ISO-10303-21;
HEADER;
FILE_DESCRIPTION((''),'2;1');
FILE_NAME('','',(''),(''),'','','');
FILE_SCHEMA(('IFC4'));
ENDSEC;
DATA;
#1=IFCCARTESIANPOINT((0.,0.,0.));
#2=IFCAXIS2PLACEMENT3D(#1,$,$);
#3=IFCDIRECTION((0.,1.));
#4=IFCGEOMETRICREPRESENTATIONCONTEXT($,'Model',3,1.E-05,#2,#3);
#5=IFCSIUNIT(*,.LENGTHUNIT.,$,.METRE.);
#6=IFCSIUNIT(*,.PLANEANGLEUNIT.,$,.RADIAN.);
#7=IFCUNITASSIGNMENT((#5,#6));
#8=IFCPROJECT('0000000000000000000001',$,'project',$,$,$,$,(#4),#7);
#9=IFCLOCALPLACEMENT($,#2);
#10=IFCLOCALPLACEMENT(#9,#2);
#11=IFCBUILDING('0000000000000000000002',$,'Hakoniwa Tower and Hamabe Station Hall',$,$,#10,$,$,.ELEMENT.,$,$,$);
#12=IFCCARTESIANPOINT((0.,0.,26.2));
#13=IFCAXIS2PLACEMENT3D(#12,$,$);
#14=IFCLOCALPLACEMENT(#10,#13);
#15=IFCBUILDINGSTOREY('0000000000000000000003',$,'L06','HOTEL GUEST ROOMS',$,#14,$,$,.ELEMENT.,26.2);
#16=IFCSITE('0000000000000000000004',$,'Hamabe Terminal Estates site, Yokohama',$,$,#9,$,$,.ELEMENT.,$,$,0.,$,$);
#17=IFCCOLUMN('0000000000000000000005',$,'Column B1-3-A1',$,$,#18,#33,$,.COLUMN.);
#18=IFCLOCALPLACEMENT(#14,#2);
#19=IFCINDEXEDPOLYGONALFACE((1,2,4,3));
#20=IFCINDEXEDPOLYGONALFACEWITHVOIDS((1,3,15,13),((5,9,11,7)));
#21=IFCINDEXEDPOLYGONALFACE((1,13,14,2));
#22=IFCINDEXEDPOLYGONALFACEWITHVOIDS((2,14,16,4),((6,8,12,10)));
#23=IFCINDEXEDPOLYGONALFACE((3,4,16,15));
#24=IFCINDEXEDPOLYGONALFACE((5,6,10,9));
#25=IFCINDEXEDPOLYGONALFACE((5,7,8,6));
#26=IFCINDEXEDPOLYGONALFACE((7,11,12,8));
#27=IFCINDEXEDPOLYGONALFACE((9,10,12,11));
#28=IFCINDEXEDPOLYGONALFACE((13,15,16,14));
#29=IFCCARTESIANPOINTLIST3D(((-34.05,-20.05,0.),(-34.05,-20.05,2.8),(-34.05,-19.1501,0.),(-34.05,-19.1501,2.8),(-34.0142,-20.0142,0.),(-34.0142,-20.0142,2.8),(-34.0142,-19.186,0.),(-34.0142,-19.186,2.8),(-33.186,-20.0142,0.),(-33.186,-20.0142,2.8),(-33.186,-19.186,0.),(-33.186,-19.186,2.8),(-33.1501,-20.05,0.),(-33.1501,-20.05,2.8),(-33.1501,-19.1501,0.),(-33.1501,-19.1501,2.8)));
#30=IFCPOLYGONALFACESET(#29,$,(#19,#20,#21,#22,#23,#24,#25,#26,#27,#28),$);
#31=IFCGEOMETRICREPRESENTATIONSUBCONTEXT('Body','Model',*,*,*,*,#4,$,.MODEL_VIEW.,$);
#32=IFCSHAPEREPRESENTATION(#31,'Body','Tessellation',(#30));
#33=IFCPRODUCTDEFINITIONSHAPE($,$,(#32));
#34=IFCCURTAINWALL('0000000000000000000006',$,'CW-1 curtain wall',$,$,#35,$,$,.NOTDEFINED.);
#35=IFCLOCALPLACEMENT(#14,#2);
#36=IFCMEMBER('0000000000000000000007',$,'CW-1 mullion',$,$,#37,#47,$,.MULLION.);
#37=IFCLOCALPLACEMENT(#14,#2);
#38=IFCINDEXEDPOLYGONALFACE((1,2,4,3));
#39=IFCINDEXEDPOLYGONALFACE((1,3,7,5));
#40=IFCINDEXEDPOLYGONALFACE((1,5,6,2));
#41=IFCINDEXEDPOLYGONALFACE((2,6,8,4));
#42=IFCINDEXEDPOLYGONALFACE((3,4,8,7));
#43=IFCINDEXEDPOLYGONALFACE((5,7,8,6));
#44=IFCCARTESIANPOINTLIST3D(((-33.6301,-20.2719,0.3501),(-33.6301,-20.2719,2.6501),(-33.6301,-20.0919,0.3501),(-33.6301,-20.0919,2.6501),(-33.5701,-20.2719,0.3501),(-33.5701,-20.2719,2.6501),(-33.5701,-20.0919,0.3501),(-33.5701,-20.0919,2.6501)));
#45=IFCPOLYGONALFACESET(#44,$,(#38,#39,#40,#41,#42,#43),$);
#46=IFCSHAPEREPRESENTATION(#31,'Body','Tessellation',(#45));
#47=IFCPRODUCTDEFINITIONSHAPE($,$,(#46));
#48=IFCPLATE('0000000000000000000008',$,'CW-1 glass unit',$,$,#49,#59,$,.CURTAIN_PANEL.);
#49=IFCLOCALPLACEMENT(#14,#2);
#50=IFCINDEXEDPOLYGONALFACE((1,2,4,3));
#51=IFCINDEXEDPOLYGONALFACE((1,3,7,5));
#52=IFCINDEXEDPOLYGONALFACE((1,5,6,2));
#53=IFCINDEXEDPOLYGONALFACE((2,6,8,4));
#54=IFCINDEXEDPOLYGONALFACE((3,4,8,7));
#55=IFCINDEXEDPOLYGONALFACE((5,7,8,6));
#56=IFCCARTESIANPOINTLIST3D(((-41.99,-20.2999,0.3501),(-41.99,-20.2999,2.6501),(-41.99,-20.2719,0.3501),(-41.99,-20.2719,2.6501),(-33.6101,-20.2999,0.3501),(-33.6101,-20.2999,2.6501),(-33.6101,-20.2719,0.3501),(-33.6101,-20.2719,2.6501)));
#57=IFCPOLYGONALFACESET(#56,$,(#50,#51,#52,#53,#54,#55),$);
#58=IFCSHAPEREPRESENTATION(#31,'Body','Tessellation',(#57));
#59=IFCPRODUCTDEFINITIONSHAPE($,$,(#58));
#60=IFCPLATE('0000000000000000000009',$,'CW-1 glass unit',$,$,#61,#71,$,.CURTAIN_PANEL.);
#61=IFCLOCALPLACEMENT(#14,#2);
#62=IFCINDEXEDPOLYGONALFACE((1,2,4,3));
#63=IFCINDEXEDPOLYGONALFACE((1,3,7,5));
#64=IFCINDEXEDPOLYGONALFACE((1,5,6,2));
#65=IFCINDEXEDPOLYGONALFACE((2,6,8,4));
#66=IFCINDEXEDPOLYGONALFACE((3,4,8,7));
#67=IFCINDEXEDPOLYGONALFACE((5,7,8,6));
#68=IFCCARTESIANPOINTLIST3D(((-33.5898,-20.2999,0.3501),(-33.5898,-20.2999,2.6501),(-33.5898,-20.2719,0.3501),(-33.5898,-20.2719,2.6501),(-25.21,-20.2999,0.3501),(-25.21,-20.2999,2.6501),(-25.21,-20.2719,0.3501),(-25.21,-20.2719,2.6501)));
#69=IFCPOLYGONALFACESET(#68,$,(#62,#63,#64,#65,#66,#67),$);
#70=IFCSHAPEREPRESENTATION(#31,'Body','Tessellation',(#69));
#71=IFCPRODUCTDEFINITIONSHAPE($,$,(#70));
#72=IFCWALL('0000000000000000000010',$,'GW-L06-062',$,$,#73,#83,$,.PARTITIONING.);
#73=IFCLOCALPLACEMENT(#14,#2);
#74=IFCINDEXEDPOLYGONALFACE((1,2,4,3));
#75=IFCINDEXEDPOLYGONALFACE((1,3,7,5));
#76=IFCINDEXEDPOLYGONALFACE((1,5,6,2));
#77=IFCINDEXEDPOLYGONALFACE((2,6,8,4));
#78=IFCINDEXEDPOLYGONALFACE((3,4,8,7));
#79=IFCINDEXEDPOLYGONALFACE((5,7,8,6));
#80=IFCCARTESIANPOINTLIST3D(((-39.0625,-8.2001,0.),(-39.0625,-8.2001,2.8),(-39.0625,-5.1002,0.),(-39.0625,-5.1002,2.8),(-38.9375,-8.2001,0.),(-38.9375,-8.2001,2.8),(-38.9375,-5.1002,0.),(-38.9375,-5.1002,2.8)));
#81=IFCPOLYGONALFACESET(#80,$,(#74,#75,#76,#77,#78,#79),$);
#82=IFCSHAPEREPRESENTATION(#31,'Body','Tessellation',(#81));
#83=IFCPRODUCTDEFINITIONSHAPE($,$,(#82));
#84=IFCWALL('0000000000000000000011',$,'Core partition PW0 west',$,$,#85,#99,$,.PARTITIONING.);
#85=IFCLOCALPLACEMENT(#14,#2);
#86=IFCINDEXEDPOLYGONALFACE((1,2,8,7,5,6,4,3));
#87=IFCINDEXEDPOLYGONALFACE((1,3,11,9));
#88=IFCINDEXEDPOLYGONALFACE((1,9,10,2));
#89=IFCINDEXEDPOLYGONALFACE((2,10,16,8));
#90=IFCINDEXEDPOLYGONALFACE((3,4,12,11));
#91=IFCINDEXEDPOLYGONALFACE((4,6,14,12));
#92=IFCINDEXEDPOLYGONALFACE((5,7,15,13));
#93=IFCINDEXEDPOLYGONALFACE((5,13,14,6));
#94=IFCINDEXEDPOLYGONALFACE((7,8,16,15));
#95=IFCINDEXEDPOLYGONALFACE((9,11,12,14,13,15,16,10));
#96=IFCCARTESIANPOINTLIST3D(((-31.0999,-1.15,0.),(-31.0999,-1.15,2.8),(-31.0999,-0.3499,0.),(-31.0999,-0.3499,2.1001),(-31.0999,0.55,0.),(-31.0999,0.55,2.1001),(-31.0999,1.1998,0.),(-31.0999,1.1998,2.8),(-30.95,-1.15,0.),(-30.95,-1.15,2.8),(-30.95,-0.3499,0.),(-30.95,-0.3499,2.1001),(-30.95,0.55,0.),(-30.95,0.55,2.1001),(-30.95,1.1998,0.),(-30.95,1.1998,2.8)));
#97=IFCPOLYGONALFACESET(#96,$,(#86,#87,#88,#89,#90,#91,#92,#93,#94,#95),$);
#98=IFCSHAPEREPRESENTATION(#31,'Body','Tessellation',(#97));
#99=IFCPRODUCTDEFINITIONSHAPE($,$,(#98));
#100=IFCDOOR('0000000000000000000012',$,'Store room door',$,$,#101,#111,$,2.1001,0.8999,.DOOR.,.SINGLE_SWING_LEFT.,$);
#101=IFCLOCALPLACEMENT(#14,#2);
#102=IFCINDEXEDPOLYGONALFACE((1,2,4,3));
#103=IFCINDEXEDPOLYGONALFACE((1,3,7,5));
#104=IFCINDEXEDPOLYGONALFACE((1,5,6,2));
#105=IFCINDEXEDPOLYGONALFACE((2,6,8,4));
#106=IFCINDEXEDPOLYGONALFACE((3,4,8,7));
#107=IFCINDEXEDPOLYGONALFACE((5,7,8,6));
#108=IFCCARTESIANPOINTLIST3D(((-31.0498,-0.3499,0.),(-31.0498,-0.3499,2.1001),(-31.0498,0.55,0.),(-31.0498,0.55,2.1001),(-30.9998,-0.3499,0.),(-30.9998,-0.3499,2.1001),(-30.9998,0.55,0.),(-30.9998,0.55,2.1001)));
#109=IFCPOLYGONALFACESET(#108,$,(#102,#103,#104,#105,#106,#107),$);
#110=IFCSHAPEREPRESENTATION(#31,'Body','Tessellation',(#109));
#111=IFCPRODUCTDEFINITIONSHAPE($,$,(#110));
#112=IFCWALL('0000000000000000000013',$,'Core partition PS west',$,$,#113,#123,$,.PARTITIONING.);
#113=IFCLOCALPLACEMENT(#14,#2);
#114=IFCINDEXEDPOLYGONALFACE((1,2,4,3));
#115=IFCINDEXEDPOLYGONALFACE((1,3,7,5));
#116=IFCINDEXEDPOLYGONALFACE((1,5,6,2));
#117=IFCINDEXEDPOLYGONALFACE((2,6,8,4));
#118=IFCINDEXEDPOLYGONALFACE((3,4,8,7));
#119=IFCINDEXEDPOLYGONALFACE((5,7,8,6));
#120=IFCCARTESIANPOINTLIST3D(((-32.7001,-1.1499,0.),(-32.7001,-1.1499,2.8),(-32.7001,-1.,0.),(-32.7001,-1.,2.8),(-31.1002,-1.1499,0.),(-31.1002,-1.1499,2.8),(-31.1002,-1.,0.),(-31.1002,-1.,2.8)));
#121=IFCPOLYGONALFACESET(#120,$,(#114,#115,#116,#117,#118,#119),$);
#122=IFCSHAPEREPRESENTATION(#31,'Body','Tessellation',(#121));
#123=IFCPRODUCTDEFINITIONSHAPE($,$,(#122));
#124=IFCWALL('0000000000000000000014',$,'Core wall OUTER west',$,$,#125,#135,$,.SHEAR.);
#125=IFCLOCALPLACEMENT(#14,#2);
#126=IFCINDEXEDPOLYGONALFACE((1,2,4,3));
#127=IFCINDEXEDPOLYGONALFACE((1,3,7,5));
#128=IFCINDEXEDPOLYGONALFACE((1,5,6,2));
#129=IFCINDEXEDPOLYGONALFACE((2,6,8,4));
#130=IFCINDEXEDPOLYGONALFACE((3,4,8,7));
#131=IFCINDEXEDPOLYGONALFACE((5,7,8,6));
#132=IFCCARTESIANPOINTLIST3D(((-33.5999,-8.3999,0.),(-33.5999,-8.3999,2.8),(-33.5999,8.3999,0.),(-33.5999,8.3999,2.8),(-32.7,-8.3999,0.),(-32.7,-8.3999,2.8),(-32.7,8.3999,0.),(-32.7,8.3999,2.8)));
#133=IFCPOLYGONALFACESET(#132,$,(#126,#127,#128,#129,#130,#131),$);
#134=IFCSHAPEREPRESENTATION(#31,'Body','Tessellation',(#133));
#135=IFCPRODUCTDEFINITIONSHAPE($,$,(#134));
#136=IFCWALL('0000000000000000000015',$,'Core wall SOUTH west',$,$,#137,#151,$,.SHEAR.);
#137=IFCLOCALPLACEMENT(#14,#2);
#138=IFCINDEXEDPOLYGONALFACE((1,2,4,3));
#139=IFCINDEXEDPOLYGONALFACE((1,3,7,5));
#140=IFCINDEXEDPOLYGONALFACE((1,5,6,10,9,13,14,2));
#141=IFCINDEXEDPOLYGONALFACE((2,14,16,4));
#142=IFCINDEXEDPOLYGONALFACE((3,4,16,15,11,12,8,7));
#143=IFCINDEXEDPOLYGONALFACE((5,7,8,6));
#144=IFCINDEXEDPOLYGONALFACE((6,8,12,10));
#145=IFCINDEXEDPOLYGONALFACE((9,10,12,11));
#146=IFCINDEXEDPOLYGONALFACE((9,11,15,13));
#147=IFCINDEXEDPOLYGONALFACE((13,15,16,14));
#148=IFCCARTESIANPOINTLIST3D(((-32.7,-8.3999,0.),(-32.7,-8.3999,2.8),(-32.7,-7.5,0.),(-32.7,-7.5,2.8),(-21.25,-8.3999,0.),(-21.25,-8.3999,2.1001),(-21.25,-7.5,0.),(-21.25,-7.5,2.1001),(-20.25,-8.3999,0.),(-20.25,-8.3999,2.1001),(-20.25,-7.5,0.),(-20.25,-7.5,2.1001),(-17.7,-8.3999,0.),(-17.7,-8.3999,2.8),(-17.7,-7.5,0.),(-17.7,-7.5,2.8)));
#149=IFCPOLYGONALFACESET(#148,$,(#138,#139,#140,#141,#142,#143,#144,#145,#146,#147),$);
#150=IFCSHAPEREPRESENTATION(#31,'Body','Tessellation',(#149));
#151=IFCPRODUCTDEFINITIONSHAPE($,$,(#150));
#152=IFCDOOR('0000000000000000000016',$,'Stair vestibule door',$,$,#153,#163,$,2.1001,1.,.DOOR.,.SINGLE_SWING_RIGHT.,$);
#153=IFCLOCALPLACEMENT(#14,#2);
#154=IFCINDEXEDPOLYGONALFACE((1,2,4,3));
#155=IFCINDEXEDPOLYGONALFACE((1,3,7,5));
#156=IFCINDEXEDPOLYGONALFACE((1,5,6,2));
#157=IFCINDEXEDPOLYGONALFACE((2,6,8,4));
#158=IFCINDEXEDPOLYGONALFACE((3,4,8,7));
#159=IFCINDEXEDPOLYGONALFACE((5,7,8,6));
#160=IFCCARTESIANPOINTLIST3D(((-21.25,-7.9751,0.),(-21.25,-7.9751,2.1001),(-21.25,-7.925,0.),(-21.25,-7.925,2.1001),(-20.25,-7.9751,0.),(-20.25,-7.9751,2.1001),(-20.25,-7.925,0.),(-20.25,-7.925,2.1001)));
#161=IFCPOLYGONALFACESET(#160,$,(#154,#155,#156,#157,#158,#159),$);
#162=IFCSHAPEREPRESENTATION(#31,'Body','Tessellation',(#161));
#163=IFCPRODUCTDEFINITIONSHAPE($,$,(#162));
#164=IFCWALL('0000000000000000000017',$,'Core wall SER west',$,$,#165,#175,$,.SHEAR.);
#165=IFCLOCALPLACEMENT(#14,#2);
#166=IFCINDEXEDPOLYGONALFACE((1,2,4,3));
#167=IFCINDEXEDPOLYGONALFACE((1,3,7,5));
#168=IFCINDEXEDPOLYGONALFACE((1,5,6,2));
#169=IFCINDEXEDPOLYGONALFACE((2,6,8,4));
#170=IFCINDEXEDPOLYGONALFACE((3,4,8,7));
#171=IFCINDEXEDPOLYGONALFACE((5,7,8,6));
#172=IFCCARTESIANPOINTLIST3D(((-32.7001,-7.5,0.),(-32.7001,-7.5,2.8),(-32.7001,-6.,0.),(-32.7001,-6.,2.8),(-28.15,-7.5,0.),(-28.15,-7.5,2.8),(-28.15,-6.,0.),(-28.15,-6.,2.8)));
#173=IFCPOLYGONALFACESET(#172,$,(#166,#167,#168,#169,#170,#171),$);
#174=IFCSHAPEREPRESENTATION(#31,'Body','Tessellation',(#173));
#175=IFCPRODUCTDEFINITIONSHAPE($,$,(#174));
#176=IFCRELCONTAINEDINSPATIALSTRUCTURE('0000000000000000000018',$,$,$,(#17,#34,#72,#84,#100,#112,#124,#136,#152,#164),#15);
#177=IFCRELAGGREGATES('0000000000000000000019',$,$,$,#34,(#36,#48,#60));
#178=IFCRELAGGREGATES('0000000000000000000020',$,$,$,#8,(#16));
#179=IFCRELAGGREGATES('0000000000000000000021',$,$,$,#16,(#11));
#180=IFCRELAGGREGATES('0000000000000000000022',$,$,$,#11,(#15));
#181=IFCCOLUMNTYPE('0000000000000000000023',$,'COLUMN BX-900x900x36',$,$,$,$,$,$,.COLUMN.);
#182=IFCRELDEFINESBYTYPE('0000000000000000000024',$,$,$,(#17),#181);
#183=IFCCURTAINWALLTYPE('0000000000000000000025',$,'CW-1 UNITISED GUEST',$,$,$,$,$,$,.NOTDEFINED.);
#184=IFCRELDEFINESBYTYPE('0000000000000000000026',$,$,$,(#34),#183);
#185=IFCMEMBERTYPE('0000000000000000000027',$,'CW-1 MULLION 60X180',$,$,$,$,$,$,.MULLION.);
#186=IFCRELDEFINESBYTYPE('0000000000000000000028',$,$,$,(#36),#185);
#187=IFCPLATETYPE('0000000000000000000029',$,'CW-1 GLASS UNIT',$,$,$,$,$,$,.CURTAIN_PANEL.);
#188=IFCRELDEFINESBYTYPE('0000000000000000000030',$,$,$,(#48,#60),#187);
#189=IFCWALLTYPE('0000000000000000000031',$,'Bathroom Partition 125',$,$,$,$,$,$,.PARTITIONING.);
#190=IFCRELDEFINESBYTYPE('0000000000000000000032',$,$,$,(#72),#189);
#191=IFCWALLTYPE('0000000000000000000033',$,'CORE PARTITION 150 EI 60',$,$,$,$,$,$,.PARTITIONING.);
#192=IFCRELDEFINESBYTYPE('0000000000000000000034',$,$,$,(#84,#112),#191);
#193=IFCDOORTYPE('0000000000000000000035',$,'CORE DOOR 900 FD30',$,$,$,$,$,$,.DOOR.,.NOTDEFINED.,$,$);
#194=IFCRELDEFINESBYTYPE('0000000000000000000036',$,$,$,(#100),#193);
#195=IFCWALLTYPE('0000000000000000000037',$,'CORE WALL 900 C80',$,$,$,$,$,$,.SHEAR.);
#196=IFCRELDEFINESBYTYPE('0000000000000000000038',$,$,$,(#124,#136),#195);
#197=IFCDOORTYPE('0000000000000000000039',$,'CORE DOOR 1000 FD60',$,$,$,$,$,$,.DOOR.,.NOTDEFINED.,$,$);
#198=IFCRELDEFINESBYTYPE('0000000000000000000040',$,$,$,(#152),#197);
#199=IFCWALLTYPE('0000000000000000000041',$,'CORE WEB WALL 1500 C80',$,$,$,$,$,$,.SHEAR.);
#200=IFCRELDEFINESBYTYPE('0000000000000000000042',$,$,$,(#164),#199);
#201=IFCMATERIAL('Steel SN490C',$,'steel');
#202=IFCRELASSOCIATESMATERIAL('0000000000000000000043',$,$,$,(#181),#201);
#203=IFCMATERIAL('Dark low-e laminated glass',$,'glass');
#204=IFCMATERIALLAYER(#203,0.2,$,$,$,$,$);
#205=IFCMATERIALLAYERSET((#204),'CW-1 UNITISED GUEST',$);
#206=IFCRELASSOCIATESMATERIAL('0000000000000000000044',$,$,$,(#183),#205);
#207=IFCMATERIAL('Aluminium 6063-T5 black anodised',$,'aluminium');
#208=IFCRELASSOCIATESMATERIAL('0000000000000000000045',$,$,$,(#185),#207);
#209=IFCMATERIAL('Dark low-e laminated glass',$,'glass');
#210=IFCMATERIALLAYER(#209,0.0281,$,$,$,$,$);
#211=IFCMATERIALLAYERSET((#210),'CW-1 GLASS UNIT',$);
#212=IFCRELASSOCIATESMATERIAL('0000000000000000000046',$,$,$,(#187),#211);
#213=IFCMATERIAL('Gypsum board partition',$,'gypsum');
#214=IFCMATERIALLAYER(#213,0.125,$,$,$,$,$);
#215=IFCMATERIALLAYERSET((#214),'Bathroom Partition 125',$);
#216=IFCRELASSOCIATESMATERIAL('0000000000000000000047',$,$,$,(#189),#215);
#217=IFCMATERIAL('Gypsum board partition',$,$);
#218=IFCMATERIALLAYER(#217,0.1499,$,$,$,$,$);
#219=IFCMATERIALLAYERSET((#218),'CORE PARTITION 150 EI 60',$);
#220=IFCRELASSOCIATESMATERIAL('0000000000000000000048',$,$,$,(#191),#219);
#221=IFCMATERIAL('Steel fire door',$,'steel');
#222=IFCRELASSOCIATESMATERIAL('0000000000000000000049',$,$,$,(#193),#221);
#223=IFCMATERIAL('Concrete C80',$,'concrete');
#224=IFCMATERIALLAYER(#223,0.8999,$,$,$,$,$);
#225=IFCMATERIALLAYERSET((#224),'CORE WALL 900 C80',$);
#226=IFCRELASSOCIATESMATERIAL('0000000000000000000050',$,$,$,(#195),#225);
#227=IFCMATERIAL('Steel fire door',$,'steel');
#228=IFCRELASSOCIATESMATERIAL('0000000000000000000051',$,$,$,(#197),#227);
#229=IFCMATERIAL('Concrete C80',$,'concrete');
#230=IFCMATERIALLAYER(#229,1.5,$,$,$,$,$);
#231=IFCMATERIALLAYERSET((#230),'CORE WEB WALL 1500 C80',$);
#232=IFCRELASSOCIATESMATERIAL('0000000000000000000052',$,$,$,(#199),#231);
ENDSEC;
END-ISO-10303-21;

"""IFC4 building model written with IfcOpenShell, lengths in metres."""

from ifc_helpers import new_model, si_unit, direction, frame, frame_2d, origin, origin_2d, place, context, subcontext, project, spatial, rectangle, hollow_rectangle, extrude, material, layer, layer_set, material_profile, profile_set, type_object, element, fill, aggregate, save


model = new_model("IFC4")

# Units and contexts
model_context = context("Model", 3, precision=1e-05, world=origin(), true_north=direction((0.0, 1.0)))
body_context = subcontext(model_context, "Body", "Model", "MODEL_VIEW")
ifc_project = project(units=[si_unit("LENGTHUNIT", "METRE"), si_unit("PLANEANGLEUNIT", "RADIAN")], contexts=[model_context])

# Site, building, storey
site_placement = place(None, origin())
site = spatial("IfcSite", under=ifc_project, at=site_placement, Name="Hamabe Terminal Estates site, Yokohama", CompositionType="ELEMENT", RefElevation=0.0)
building_placement = place(site_placement, origin())
building = spatial("IfcBuilding", under=site, at=building_placement, Name="Hakoniwa Tower and Hamabe Station Hall", CompositionType="ELEMENT")
storey_placement = place(building_placement, frame((0.0, 0.0, 26.2)))
storey = spatial("IfcBuildingStorey", under=building, at=storey_placement, Name="L06", Description="HOTEL GUEST ROOMS", CompositionType="ELEMENT", Elevation=26.2)

# Column
ifc_material_1 = material(Name="Steel SN490C", Category="steel")
ifc_material_profile_1 = material_profile(ifc_material_1, hollow_rectangle(XDim=0.8999, YDim=0.8999, WallThickness=0.0359, at=origin_2d()), Name="BX-900x900x36")
ifc_profile_set_1 = profile_set([ifc_material_profile_1], Name="Steel SN490C")
column_type = type_object("IfcColumnType", Name="COLUMN BX-900x900x36", PredefinedType="COLUMN", material=ifc_profile_set_1)
column_placement = place(storey_placement, frame((-33.6001, -19.6001, 0.0), z_axis=(0.0, 0.0, 1.0), x_axis=(1.0, 0.0, 0.0)))
element("IfcColumn", 1, at=column_placement, inside=storey, type_object=column_type, Name="Column B1-3-A1", PredefinedType="COLUMN", context=body_context, shape_type="SweptSolid", body=[
    extrude(hollow_rectangle(XDim=0.8999, YDim=0.8999, WallThickness=0.0359, at=origin_2d()), origin(), (0.0, 0.0, 1.0), 2.8),
])

# Curtain wall, member, plates
ifc_material_2 = material(Name="Dark low-e laminated glass", Category="glass")
ifc_layer_1 = layer(ifc_material_2, 0.2)
ifc_layer_set_1 = layer_set([ifc_layer_1], Name="CW-1 UNITISED GUEST")
curtain_wall_type = type_object("IfcCurtainWallType", Name="CW-1 UNITISED GUEST", PredefinedType="NOTDEFINED", material=ifc_layer_set_1)
curtain_wall_placement = place(storey_placement, origin())
curtain_wall = element("IfcCurtainWall", 2, at=curtain_wall_placement, inside=storey, type_object=curtain_wall_type, Name="CW-1 curtain wall", PredefinedType="NOTDEFINED")
ifc_material_3 = material(Name="Aluminium 6063-T5 black anodised", Category="aluminium")
ifc_material_profile_2 = material_profile(ifc_material_3, rectangle(XDim=0.0601, YDim=0.1799, at=origin_2d()), Name="CW-1 MULLION 60X180")
ifc_profile_set_2 = profile_set([ifc_material_profile_2], Name="Aluminium 6063-T5 black anodised")
member_type = type_object("IfcMemberType", Name="CW-1 MULLION 60X180", PredefinedType="MULLION", material=ifc_profile_set_2)
member_placement = place(storey_placement, frame((-33.6001, -20.1819, 0.3501), z_axis=(0.0, 0.0, 1.0), x_axis=(1.0, 0.0, 0.0)))
member = element("IfcMember", 3, at=member_placement, type_object=member_type, Name="CW-1 mullion", PredefinedType="MULLION", context=body_context, shape_type="SweptSolid", body=[
    extrude(rectangle(XDim=0.0601, YDim=0.1799, at=origin_2d()), origin(), (0.0, 0.0, 1.0), 2.3),
])
ifc_material_4 = material(Name="Dark low-e laminated glass", Category="glass")
ifc_layer_2 = layer(ifc_material_4, 0.0281)
ifc_layer_set_2 = layer_set([ifc_layer_2], Name="CW-1 GLASS UNIT")
plate_type = type_object("IfcPlateType", Name="CW-1 GLASS UNIT", PredefinedType="CURTAIN_PANEL", material=ifc_layer_set_2)
plate_1_placement = place(storey_placement, frame((-37.8, -20.2859, 0.3501), z_axis=(0.0, 0.0, 1.0), x_axis=(1.0, 0.0, 0.0)))
plate_1 = element("IfcPlate", 4, at=plate_1_placement, type_object=plate_type, Name="CW-1 glass unit", PredefinedType="CURTAIN_PANEL", context=body_context, shape_type="SweptSolid", body=[
    extrude(rectangle(XDim=8.3799, YDim=0.0281, at=origin_2d()), origin(), (0.0, 0.0, 1.0), 2.3),
])
plate_2_placement = place(storey_placement, frame((-29.3999, -20.2859, 0.3501), z_axis=(0.0, 0.0, 1.0), x_axis=(1.0, 0.0, 0.0)))
plate_2 = element("IfcPlate", 5, at=plate_2_placement, type_object=plate_type, Name="CW-1 glass unit", PredefinedType="CURTAIN_PANEL", context=body_context, shape_type="SweptSolid", body=[
    extrude(rectangle(XDim=8.3799, YDim=0.0281, at=origin_2d()), origin(), (0.0, 0.0, 1.0), 2.3),
])
aggregate(curtain_wall, [member, plate_1, plate_2])

# Wall
ifc_material_5 = material(Name="Gypsum board partition", Category="gypsum")
ifc_layer_3 = layer(ifc_material_5, 0.125)
ifc_layer_set_3 = layer_set([ifc_layer_3], Name="Bathroom Partition 125")
wall_type_1 = type_object("IfcWallType", Name="Bathroom Partition 125", PredefinedType="PARTITIONING", material=ifc_layer_set_3)
wall_1_placement = place(storey_placement, frame((-39.0, -8.2, 0.0), z_axis=(0.0, 0.0, 1.0), x_axis=(0.0, 1.0, 0.0)))
element("IfcWall", 6, at=wall_1_placement, inside=storey, type_object=wall_type_1, Name="GW-L06-062", PredefinedType="PARTITIONING", context=body_context, shape_type="SweptSolid", body=[
    extrude(rectangle(XDim=3.0999, YDim=0.125, at=frame_2d((1.5498, 0.0))), origin(), (0.0, 0.0, 1.0), 2.8),
])

# Wall, opening, door
ifc_material_6 = material(Name="Gypsum board partition")
ifc_layer_4 = layer(ifc_material_6, 0.1499)
ifc_layer_set_4 = layer_set([ifc_layer_4], Name="CORE PARTITION 150 EI 60")
wall_type_2 = type_object("IfcWallType", Name="CORE PARTITION 150 EI 60", PredefinedType="PARTITIONING", material=ifc_layer_set_4)
wall_2_placement = place(storey_placement, frame((-31.0249, -1.1499, 0.0), z_axis=(0.0, 0.0, 1.0), x_axis=(0.0, 1.0, 0.0)))
wall_2 = element("IfcWall", 7, at=wall_2_placement, inside=storey, type_object=wall_type_2, Name="Core partition PW0 west", PredefinedType="PARTITIONING", context=body_context, shape_type="SweptSolid", body=[
    extrude(rectangle(XDim=2.3499, YDim=0.1499, at=frame_2d((1.1748, 0.0))), origin(), (0.0, 0.0, 1.0), 2.8),
])
opening_1_placement = place(wall_2_placement, frame((0.8, 0.0, 0.0)))
opening_1 = element("IfcOpeningElement", 8, at=opening_1_placement, cuts=wall_2, PredefinedType="OPENING", context=body_context, shape_type="SweptSolid", body=[
    extrude(rectangle(XDim=0.8999, YDim=2.1001, at=frame_2d((0.45, 1.05))), frame((0.0, 0.085, 0.0), z_axis=(0.0, -1.0, 0.0), x_axis=(1.0, 0.0, 0.0)), (0.0, 0.0, 1.0), 0.1699),
])
ifc_material_7 = material(Name="Steel fire door", Category="steel")
door_type_1 = type_object("IfcDoorType", Name="CORE DOOR 900 FD30", OperationType="NOTDEFINED", PredefinedType="DOOR", material=ifc_material_7)
door_1_placement = place(opening_1_placement, origin())
door_1 = element("IfcDoor", 9, at=door_1_placement, inside=storey, type_object=door_type_1, Name="Store room door", OperationType="SINGLE_SWING_LEFT", OverallHeight=2.1001, OverallWidth=0.8999, PredefinedType="DOOR", context=body_context, shape_type="SweptSolid", body=[
    extrude(rectangle(XDim=0.8999, YDim=2.1001, at=frame_2d((0.45, 1.05))), frame((0.0, 0.0249, 0.0), z_axis=(0.0, -1.0, 0.0), x_axis=(1.0, 0.0, 0.0)), (0.0, 0.0, 1.0), 0.05),
])
fill(opening_1, door_1)

# Walls
wall_3_placement = place(storey_placement, frame((-32.7, -1.075, 0.0), z_axis=(0.0, 0.0, 1.0), x_axis=(1.0, 0.0, 0.0)))
element("IfcWall", 10, at=wall_3_placement, inside=storey, type_object=wall_type_2, Name="Core partition PS west", PredefinedType="PARTITIONING", context=body_context, shape_type="SweptSolid", body=[
    extrude(rectangle(XDim=1.5999, YDim=0.1499, at=frame_2d((0.7998, 0.0))), origin(), (0.0, 0.0, 1.0), 2.8),
])
ifc_material_8 = material(Name="Concrete C80", Category="concrete")
ifc_layer_5 = layer(ifc_material_8, 0.8999)
ifc_layer_set_5 = layer_set([ifc_layer_5], Name="CORE WALL 900 C80")
wall_type_3 = type_object("IfcWallType", Name="CORE WALL 900 C80", PredefinedType="SHEAR", material=ifc_layer_set_5)
wall_4_placement = place(storey_placement, frame((-33.1499, -8.3999, 0.0), z_axis=(0.0, 0.0, 1.0), x_axis=(0.0, 1.0, 0.0)))
element("IfcWall", 11, at=wall_4_placement, inside=storey, type_object=wall_type_3, Name="Core wall OUTER west", PredefinedType="SHEAR", context=body_context, shape_type="SweptSolid", body=[
    extrude(rectangle(XDim=16.7998, YDim=0.8999, at=frame_2d((8.3999, 0.0))), origin(), (0.0, 0.0, 1.0), 2.8),
])

# Wall, opening, door
wall_5_placement = place(storey_placement, frame((-32.7, -7.95, 0.0), z_axis=(0.0, 0.0, 1.0), x_axis=(1.0, 0.0, 0.0)))
wall_5 = element("IfcWall", 12, at=wall_5_placement, inside=storey, type_object=wall_type_3, Name="Core wall SOUTH west", PredefinedType="SHEAR", context=body_context, shape_type="SweptSolid", body=[
    extrude(rectangle(XDim=15.0, YDim=0.8999, at=frame_2d((7.5, 0.0))), origin(), (0.0, 0.0, 1.0), 2.8),
])
opening_2_placement = place(wall_5_placement, frame((11.45, 0.0, 0.0)))
opening_2 = element("IfcOpeningElement", 13, at=opening_2_placement, cuts=wall_5, PredefinedType="OPENING", context=body_context, shape_type="SweptSolid", body=[
    extrude(rectangle(XDim=1.0, YDim=2.1001, at=frame_2d((0.5, 1.05))), frame((0.0, 0.46, 0.0), z_axis=(0.0, -1.0, 0.0), x_axis=(1.0, 0.0, 0.0)), (0.0, 0.0, 1.0), 0.9199),
])
ifc_material_9 = material(Name="Steel fire door", Category="steel")
door_type_2 = type_object("IfcDoorType", Name="CORE DOOR 1000 FD60", OperationType="NOTDEFINED", PredefinedType="DOOR", material=ifc_material_9)
door_2_placement = place(opening_2_placement, origin())
door_2 = element("IfcDoor", 14, at=door_2_placement, inside=storey, type_object=door_type_2, Name="Stair vestibule door", OperationType="SINGLE_SWING_RIGHT", OverallHeight=2.1001, OverallWidth=1.0, PredefinedType="DOOR", context=body_context, shape_type="SweptSolid", body=[
    extrude(rectangle(XDim=1.0, YDim=2.1001, at=frame_2d((0.5, 1.05))), frame((0.0, 0.0249, 0.0), z_axis=(0.0, -1.0, 0.0), x_axis=(1.0, 0.0, 0.0)), (0.0, 0.0, 1.0), 0.05),
])
fill(opening_2, door_2)

# Wall
ifc_material_10 = material(Name="Concrete C80", Category="concrete")
ifc_layer_6 = layer(ifc_material_10, 1.5)
ifc_layer_set_6 = layer_set([ifc_layer_6], Name="CORE WEB WALL 1500 C80")
wall_type_4 = type_object("IfcWallType", Name="CORE WEB WALL 1500 C80", PredefinedType="SHEAR", material=ifc_layer_set_6)
wall_6_placement = place(storey_placement, frame((-32.7, -6.75, 0.0), z_axis=(0.0, 0.0, 1.0), x_axis=(1.0, 0.0, 0.0)))
element("IfcWall", 15, at=wall_6_placement, inside=storey, type_object=wall_type_4, Name="Core wall SER west", PredefinedType="SHEAR", context=body_context, shape_type="SweptSolid", body=[
    extrude(rectangle(XDim=4.55, YDim=1.5, at=frame_2d((2.2749, 0.0))), origin(), (0.0, 0.0, 1.0), 2.8),
])

save(model, "model.ifc")
